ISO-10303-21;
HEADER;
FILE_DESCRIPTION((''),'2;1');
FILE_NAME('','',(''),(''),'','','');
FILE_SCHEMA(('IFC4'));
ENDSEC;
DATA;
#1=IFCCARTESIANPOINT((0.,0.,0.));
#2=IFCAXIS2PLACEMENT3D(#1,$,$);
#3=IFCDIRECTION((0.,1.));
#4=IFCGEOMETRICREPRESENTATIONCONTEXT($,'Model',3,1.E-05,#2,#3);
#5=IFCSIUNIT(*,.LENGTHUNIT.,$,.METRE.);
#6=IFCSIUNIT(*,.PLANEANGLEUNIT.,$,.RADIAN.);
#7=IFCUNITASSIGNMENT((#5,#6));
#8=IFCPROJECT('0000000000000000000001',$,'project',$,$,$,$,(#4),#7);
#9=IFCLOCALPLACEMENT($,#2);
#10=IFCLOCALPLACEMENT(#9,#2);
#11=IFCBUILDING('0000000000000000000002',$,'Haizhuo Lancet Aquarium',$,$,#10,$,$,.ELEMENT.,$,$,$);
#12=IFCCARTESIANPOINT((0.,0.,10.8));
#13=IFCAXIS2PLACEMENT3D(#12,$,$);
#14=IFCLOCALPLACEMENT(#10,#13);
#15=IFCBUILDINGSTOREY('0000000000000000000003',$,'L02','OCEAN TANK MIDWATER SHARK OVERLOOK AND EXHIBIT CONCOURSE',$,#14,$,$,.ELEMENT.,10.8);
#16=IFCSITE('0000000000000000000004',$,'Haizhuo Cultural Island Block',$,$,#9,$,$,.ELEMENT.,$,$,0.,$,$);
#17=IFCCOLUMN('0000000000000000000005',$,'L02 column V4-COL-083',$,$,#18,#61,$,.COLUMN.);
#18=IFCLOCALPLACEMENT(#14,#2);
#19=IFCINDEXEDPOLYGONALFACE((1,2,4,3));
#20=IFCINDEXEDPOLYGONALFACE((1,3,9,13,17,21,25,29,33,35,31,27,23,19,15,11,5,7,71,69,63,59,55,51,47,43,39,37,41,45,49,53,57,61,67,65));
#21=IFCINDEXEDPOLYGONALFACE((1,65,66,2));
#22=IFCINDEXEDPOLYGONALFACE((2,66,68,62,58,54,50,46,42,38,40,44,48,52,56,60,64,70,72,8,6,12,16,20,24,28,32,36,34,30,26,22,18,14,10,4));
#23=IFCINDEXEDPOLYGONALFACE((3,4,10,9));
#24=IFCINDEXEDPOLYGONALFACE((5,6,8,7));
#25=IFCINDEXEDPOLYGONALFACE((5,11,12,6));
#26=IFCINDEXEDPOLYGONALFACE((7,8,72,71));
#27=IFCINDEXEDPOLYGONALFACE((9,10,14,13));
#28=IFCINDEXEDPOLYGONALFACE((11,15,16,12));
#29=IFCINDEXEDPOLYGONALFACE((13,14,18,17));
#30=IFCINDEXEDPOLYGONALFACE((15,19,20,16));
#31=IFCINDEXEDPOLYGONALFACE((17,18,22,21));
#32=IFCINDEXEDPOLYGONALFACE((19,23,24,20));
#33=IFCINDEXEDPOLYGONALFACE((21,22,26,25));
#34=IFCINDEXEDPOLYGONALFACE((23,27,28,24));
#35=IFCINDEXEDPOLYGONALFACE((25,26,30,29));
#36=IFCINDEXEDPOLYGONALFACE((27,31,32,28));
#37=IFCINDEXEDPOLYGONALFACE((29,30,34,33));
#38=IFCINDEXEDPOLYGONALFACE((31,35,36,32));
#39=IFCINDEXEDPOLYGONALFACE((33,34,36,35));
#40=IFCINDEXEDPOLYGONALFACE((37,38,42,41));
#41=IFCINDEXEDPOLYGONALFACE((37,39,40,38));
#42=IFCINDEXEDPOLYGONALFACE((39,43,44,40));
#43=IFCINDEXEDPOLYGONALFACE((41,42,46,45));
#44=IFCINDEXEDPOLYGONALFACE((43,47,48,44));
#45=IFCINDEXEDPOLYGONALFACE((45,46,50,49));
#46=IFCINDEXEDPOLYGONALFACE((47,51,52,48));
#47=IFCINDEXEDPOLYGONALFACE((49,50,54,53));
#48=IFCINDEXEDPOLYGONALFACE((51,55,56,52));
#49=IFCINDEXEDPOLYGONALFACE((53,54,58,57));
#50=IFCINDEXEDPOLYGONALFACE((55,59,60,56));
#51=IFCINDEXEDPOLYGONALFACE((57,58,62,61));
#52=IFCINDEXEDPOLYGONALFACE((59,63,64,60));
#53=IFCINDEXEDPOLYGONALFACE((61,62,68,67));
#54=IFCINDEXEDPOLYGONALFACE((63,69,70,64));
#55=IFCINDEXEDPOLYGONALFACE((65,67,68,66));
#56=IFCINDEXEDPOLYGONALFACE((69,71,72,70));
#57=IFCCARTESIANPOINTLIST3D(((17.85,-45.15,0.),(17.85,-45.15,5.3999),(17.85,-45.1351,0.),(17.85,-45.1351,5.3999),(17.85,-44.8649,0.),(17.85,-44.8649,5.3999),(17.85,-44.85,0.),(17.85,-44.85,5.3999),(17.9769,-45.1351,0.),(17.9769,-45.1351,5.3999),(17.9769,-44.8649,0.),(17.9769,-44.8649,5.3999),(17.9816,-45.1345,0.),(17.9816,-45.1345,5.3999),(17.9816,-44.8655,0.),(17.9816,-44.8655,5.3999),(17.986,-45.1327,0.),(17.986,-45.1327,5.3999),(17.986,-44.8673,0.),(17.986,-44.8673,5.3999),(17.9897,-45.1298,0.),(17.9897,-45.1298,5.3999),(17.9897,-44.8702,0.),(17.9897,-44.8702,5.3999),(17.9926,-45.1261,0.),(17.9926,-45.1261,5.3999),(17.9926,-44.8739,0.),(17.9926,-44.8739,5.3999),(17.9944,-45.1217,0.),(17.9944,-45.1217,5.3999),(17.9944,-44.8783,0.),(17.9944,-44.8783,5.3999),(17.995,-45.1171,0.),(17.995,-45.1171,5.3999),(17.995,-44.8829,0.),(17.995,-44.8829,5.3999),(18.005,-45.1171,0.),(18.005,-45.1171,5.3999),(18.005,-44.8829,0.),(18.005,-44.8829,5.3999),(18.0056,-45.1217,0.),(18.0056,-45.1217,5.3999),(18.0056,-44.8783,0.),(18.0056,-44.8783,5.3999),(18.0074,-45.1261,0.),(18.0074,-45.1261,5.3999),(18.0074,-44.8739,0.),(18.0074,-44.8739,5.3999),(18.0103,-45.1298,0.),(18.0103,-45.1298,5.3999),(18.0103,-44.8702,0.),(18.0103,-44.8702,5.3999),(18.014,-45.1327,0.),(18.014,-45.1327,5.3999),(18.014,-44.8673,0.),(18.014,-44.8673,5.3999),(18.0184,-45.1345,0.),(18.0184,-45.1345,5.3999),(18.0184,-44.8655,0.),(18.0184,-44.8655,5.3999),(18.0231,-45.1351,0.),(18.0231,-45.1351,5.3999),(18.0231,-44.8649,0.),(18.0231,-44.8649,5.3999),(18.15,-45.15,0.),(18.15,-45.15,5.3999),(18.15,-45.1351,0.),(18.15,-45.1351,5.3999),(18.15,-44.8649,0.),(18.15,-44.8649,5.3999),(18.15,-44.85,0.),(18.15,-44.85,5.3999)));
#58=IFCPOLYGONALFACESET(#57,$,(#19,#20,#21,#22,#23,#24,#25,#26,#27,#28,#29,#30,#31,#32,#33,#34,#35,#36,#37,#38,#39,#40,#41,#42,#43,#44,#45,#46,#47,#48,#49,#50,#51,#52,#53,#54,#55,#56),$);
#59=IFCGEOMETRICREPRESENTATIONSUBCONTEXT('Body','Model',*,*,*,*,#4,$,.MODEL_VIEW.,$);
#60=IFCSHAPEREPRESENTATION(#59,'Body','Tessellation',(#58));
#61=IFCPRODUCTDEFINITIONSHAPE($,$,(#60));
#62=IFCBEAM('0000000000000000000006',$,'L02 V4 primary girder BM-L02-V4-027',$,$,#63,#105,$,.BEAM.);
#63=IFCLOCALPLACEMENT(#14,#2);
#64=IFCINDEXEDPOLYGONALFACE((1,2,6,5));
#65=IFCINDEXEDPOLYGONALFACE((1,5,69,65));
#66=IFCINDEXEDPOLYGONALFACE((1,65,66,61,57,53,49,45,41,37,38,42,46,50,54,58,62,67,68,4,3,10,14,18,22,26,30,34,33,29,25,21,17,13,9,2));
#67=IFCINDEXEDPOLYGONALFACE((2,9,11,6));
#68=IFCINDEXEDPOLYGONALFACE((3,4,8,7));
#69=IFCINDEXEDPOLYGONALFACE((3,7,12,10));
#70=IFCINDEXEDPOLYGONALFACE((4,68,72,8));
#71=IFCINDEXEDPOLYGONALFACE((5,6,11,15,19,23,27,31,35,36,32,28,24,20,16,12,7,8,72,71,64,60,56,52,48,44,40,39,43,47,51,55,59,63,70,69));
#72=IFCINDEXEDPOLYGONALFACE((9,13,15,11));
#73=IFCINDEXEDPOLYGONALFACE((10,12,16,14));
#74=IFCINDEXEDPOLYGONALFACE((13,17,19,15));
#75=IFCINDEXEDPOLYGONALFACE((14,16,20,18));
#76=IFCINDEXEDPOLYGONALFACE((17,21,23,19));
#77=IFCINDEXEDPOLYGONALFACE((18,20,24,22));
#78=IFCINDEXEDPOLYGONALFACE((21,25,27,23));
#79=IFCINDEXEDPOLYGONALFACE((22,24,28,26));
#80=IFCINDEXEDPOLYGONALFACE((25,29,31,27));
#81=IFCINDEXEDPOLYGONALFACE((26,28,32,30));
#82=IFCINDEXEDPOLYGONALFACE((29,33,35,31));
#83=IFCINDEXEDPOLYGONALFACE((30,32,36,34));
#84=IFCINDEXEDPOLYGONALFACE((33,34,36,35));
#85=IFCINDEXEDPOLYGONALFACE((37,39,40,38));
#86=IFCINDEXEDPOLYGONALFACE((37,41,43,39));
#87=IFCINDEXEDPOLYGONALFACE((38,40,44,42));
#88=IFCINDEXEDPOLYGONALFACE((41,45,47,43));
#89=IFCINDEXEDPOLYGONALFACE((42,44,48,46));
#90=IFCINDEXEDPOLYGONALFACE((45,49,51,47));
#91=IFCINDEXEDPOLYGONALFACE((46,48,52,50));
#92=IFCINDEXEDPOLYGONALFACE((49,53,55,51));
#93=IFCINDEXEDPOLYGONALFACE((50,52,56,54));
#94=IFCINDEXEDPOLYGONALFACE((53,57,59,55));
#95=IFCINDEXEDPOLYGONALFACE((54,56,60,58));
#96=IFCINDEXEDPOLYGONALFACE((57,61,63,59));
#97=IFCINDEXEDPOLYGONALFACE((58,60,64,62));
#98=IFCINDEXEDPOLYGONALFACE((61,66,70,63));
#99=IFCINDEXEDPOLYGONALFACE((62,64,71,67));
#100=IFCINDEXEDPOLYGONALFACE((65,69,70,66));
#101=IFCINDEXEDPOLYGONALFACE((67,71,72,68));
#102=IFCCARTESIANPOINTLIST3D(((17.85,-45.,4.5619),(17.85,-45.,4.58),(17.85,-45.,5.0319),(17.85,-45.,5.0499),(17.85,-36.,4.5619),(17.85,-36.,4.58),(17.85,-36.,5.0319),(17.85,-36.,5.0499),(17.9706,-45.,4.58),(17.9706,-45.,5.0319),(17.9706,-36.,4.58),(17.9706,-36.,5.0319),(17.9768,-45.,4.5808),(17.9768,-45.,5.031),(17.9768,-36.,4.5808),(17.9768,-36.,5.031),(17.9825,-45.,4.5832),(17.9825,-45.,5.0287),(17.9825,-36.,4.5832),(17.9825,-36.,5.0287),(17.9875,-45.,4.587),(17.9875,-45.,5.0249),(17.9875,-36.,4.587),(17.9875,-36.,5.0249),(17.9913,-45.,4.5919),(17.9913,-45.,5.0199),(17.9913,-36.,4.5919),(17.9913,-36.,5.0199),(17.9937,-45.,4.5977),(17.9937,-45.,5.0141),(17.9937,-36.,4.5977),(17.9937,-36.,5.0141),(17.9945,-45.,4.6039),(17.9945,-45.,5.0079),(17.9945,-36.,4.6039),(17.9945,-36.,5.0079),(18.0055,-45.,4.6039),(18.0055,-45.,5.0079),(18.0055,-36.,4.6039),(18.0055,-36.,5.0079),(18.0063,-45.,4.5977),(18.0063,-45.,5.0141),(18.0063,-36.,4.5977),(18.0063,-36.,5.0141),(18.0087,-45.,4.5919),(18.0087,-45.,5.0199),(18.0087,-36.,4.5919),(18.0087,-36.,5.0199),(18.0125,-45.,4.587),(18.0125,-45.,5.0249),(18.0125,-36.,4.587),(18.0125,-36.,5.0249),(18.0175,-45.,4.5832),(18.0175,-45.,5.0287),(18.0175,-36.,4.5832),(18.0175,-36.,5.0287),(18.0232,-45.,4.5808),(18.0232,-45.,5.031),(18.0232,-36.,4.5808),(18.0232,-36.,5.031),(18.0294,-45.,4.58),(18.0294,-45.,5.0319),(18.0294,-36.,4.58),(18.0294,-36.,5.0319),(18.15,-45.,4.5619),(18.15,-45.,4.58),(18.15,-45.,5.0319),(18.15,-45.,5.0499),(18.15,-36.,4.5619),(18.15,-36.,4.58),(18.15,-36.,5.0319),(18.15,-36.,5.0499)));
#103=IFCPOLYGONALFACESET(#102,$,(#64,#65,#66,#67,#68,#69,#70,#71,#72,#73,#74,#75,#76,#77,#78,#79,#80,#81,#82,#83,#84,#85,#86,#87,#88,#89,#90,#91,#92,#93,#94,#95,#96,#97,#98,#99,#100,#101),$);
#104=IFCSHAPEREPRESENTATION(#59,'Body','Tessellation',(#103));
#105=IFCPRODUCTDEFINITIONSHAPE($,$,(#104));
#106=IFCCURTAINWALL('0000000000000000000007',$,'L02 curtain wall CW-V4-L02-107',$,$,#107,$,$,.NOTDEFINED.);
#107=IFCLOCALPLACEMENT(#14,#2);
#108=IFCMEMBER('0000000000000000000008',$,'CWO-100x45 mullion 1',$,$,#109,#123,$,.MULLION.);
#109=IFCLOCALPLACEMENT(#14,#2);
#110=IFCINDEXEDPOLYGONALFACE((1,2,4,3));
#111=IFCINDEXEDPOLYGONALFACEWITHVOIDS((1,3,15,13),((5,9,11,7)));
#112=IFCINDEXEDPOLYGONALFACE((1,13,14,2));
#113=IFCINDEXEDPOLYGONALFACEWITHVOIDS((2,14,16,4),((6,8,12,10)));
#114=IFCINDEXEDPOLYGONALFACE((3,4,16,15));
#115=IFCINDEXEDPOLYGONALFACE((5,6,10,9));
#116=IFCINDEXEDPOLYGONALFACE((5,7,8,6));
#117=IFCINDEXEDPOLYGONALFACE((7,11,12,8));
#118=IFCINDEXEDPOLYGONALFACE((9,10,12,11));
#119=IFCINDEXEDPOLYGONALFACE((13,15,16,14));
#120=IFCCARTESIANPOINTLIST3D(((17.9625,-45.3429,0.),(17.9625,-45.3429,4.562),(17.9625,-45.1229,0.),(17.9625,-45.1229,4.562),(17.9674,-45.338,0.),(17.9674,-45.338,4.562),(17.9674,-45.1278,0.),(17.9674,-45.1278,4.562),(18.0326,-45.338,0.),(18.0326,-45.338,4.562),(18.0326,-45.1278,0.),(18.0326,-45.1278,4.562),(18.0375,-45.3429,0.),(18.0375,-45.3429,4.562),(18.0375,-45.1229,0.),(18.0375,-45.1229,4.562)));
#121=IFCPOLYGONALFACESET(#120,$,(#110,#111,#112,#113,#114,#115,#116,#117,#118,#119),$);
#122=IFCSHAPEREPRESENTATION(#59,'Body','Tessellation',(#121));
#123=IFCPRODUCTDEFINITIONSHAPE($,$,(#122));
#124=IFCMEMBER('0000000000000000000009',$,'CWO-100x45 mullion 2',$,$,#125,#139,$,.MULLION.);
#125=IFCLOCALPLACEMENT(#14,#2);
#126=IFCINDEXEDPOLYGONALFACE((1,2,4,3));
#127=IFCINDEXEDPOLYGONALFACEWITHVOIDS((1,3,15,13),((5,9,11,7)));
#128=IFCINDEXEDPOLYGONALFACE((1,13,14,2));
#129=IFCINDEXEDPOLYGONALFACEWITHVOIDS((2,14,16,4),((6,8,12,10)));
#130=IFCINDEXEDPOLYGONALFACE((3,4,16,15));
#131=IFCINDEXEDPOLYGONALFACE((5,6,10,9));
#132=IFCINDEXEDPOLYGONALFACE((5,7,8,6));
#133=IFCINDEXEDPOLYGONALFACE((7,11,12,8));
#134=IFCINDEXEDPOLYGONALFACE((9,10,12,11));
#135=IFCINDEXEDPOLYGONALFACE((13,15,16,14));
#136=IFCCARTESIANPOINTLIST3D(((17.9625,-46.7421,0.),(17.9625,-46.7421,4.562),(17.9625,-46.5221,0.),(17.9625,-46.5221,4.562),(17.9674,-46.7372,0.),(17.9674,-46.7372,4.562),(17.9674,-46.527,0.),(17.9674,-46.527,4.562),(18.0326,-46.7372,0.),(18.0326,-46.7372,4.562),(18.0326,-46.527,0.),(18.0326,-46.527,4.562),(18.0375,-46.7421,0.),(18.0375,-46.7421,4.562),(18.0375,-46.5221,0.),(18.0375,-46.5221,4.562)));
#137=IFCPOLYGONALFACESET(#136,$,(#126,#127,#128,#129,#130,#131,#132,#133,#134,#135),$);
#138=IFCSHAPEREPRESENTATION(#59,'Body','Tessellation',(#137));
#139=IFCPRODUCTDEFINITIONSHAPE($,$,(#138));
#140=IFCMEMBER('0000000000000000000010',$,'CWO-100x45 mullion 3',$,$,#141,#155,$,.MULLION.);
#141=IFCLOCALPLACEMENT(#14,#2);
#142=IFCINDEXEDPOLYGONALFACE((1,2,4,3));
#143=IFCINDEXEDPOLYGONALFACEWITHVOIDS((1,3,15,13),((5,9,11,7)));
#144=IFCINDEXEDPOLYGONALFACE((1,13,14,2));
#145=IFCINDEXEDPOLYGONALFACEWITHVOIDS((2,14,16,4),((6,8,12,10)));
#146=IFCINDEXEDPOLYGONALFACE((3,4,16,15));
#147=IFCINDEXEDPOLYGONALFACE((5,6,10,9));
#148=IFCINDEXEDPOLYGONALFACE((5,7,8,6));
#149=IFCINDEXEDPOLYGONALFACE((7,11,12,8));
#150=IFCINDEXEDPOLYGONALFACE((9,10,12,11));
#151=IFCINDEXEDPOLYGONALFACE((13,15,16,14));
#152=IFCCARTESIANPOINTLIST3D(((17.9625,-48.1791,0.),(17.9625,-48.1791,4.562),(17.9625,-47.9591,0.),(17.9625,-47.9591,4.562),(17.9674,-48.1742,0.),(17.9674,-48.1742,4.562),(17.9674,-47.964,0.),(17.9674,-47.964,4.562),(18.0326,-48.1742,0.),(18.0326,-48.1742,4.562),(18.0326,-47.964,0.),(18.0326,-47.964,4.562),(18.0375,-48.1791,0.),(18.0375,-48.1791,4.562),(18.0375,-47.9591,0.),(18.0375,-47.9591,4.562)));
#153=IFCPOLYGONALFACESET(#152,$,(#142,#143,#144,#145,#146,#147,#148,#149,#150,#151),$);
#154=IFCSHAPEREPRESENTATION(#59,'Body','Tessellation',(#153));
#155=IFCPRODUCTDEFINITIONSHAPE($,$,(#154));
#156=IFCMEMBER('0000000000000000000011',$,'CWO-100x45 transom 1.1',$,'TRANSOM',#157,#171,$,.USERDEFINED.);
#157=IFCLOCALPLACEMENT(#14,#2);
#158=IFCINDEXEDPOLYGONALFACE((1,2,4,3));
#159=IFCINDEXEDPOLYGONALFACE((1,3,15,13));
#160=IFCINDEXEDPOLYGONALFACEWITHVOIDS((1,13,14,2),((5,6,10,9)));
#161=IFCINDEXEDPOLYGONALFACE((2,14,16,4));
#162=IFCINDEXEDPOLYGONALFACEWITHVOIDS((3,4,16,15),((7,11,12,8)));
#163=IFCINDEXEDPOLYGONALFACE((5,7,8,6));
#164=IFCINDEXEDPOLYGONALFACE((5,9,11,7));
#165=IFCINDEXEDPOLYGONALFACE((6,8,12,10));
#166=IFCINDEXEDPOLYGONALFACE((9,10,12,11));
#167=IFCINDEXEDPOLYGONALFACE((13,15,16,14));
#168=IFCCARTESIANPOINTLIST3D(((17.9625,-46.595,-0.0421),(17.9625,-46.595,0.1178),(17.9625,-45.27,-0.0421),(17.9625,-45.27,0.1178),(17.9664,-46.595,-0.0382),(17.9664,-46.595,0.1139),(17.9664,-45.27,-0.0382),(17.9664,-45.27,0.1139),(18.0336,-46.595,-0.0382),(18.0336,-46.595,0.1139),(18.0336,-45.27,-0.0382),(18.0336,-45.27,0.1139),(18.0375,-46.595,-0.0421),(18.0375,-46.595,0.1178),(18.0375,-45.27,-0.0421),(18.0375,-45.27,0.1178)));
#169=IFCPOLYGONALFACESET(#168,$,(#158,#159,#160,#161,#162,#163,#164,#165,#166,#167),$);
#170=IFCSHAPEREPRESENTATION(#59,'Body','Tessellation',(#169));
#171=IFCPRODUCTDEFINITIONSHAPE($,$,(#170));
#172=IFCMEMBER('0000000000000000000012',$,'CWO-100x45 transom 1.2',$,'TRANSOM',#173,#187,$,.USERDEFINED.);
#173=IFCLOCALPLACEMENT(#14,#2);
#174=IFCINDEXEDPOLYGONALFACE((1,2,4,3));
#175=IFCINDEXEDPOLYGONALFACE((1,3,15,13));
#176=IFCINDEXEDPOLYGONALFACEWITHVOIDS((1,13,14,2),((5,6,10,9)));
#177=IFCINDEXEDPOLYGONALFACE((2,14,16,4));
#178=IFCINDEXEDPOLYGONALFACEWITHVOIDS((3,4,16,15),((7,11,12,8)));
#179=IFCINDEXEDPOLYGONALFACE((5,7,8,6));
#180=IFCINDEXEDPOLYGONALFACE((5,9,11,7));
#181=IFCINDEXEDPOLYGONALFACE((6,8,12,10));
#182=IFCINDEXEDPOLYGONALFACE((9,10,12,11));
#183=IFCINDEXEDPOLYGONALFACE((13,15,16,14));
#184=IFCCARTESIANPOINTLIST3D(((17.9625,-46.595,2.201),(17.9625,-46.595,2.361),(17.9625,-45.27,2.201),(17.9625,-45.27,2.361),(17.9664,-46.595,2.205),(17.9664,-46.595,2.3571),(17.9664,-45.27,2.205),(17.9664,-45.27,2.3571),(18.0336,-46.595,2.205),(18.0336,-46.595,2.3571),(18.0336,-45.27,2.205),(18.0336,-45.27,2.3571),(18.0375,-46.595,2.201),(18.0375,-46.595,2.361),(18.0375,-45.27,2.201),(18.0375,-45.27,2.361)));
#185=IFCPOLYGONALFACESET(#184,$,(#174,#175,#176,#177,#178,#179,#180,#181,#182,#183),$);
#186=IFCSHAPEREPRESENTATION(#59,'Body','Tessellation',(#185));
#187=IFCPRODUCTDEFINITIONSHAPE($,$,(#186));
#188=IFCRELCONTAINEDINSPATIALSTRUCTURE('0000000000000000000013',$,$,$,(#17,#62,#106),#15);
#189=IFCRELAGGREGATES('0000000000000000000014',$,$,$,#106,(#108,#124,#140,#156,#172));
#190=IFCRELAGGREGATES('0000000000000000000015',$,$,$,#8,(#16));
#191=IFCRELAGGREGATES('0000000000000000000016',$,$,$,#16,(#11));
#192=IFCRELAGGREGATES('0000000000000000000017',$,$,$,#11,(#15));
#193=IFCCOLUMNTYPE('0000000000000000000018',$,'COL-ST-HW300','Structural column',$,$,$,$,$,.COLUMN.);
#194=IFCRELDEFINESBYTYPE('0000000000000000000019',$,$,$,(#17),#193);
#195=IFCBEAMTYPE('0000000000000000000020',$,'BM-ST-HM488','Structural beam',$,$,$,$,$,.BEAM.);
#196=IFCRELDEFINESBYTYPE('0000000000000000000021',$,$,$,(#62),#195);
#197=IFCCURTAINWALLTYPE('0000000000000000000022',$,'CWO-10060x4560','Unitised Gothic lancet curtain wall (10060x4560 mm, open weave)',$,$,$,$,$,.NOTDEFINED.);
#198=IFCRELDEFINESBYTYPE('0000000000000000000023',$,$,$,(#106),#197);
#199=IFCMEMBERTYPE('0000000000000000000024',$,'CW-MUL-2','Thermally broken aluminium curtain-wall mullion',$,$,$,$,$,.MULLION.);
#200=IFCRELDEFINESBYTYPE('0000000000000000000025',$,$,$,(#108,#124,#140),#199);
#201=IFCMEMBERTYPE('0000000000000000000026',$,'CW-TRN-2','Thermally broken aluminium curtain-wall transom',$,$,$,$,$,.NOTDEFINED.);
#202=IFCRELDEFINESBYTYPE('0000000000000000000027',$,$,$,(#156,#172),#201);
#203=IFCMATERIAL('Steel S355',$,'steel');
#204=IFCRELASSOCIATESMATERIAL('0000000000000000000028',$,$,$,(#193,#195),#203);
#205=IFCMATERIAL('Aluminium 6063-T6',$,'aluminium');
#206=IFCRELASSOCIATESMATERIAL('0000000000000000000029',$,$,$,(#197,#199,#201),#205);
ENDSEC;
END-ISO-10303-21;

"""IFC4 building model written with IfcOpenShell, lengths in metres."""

from ifc_helpers import new_model, si_unit, direction, frame, origin, origin_2d, place, context, subcontext, project, spatial, hollow_rectangle, i_section, extrude, material, material_profile, profile_set, type_object, element, aggregate, save


model = new_model("IFC4")

# Units and contexts
model_context = context("Model", 3, precision=1e-05, world=origin(), true_north=direction((0.0, 1.0)))
body_context = subcontext(model_context, "Body", "Model", "MODEL_VIEW")
ifc_project = project(units=[si_unit("LENGTHUNIT", "METRE"), si_unit("PLANEANGLEUNIT", "RADIAN")], contexts=[model_context])

# Site, building, storey
site_placement = place(None, origin())
site = spatial("IfcSite", under=ifc_project, at=site_placement, Name="Haizhuo Cultural Island Block", CompositionType="ELEMENT", RefElevation=0.0)
building_placement = place(site_placement, origin())
building = spatial("IfcBuilding", under=site, at=building_placement, Name="Haizhuo Lancet Aquarium", CompositionType="ELEMENT")
storey_placement = place(building_placement, frame((0.0, 0.0, 10.8)))
storey = spatial("IfcBuildingStorey", under=building, at=storey_placement, Name="L02", Description="OCEAN TANK MIDWATER SHARK OVERLOOK AND EXHIBIT CONCOURSE", CompositionType="ELEMENT", Elevation=10.8)

# Column
ifc_material_1 = material(Name="Steel S355", Category="steel")
ifc_material_profile_1 = material_profile(ifc_material_1, i_section(OverallWidth=0.3, OverallDepth=0.3, WebThickness=0.01, FlangeThickness=0.0149, FilletRadius=0.0181, at=origin_2d()), Name="HW 300x300x10x15")
ifc_profile_set_1 = profile_set([ifc_material_profile_1], Name="Steel S355")
column_type = type_object("IfcColumnType", Name="COL-ST-HW300", Description="Structural column", PredefinedType="COLUMN", material=ifc_profile_set_1)
column_placement = place(storey_placement, frame((18.0, -45.0, 0.0), z_axis=(0.0, 0.0, 1.0), x_axis=(1.0, 0.0, 0.0)))
element("IfcColumn", 1, at=column_placement, inside=storey, type_object=column_type, Name="L02 column V4-COL-083", PredefinedType="COLUMN", context=body_context, shape_type="SweptSolid", body=[
    extrude(i_section(OverallWidth=0.3, OverallDepth=0.3, WebThickness=0.01, FlangeThickness=0.0149, FilletRadius=0.0181, at=origin_2d()), origin(), (0.0, 0.0, 1.0), 5.3999),
])

# Beam
ifc_material_profile_2 = material_profile(ifc_material_1, i_section(OverallWidth=0.3, OverallDepth=0.488, WebThickness=0.011, FlangeThickness=0.0181, FilletRadius=0.0239, at=origin_2d()), Name="HM 488x300x11x18")
ifc_profile_set_2 = profile_set([ifc_material_profile_2], Name="Steel S355")
beam_type = type_object("IfcBeamType", Name="BM-ST-HM488", Description="Structural beam", PredefinedType="BEAM", material=ifc_profile_set_2)
beam_placement = place(storey_placement, frame((18.0, -45.0, 4.8059), z_axis=(0.0, 1.0, 0.0), x_axis=(-1.0, 0.0, 0.0)))
element("IfcBeam", 2, at=beam_placement, inside=storey, type_object=beam_type, Name="L02 V4 primary girder BM-L02-V4-027", PredefinedType="BEAM", context=body_context, shape_type="SweptSolid", body=[
    extrude(i_section(OverallWidth=0.3, OverallDepth=0.488, WebThickness=0.011, FlangeThickness=0.0181, FilletRadius=0.0239, at=origin_2d()), origin(), (0.0, 0.0, 1.0), 9.0),
])

# Curtain wall, members
ifc_material_2 = material(Name="Aluminium 6063-T6", Category="aluminium")
curtain_wall_type = type_object("IfcCurtainWallType", Name="CWO-10060x4560", Description="Unitised Gothic lancet curtain wall (10060x4560 mm, open weave)", PredefinedType="NOTDEFINED", material=ifc_material_2)
curtain_wall_placement = place(storey_placement, origin())
curtain_wall = element("IfcCurtainWall", 3, at=curtain_wall_placement, inside=storey, type_object=curtain_wall_type, Name="L02 curtain wall CW-V4-L02-107", PredefinedType="NOTDEFINED")
ifc_material_profile_3 = material_profile(ifc_material_2, hollow_rectangle(XDim=0.075, YDim=0.22, WallThickness=0.0049, at=origin_2d()), Name="ALU-M 75x220x5")
ifc_profile_set_3 = profile_set([ifc_material_profile_3], Name="Aluminium 6063-T6")
member_type_1 = type_object("IfcMemberType", Name="CW-MUL-2", Description="Thermally broken aluminium curtain-wall mullion", PredefinedType="MULLION", material=ifc_profile_set_3)
member_1_placement = place(storey_placement, frame((18.0, -45.2329, 0.0), z_axis=(0.0, 0.0, 1.0), x_axis=(1.0, 0.0, 0.0)))
member_1 = element("IfcMember", 4, at=member_1_placement, type_object=member_type_1, Name="CWO-100x45 mullion 1", PredefinedType="MULLION", context=body_context, shape_type="SweptSolid", body=[
    extrude(hollow_rectangle(XDim=0.075, YDim=0.22, WallThickness=0.0049, at=origin_2d()), origin(), (0.0, 0.0, 1.0), 4.562),
])
member_2_placement = place(storey_placement, frame((18.0, -46.6321, 0.0), z_axis=(0.0, 0.0, 1.0), x_axis=(1.0, 0.0, 0.0)))
member_2 = element("IfcMember", 5, at=member_2_placement, type_object=member_type_1, Name="CWO-100x45 mullion 2", PredefinedType="MULLION", context=body_context, shape_type="SweptSolid", body=[
    extrude(hollow_rectangle(XDim=0.075, YDim=0.22, WallThickness=0.0049, at=origin_2d()), origin(), (0.0, 0.0, 1.0), 4.562),
])
member_3_placement = place(storey_placement, frame((18.0, -48.0691, 0.0), z_axis=(0.0, 0.0, 1.0), x_axis=(1.0, 0.0, 0.0)))
member_3 = element("IfcMember", 6, at=member_3_placement, type_object=member_type_1, Name="CWO-100x45 mullion 3", PredefinedType="MULLION", context=body_context, shape_type="SweptSolid", body=[
    extrude(hollow_rectangle(XDim=0.075, YDim=0.22, WallThickness=0.0049, at=origin_2d()), origin(), (0.0, 0.0, 1.0), 4.562),
])
ifc_material_profile_4 = material_profile(ifc_material_2, hollow_rectangle(XDim=0.075, YDim=0.1599, WallThickness=0.0039, at=origin_2d()), Name="ALU-T 75x160x4")
ifc_profile_set_4 = profile_set([ifc_material_profile_4], Name="Aluminium 6063-T6")
member_type_2 = type_object("IfcMemberType", Name="CW-TRN-2", Description="Thermally broken aluminium curtain-wall transom", PredefinedType="NOTDEFINED", material=ifc_profile_set_4)
member_4_placement = place(storey_placement, frame((18.0, -45.27, 0.0378), z_axis=(0.0, -1.0, 0.0), x_axis=(1.0, 0.0, 0.0)))
member_4 = element("IfcMember", 7, at=member_4_placement, type_object=member_type_2, Name="CWO-100x45 transom 1.1", ObjectType="TRANSOM", PredefinedType="USERDEFINED", context=body_context, shape_type="SweptSolid", body=[
    extrude(hollow_rectangle(XDim=0.075, YDim=0.1599, WallThickness=0.0039, at=origin_2d()), origin(), (0.0, 0.0, 1.0), 1.325),
])
member_5_placement = place(storey_placement, frame((18.0, -45.27, 2.281), z_axis=(0.0, -1.0, 0.0), x_axis=(1.0, 0.0, 0.0)))
member_5 = element("IfcMember", 8, at=member_5_placement, type_object=member_type_2, Name="CWO-100x45 transom 1.2", ObjectType="TRANSOM", PredefinedType="USERDEFINED", context=body_context, shape_type="SweptSolid", body=[
    extrude(hollow_rectangle(XDim=0.075, YDim=0.1599, WallThickness=0.0039, at=origin_2d()), origin(), (0.0, 0.0, 1.0), 1.325),
])

aggregate(curtain_wall, [member_1, member_2, member_3, member_4, member_5])

save(model, "model.ifc")
